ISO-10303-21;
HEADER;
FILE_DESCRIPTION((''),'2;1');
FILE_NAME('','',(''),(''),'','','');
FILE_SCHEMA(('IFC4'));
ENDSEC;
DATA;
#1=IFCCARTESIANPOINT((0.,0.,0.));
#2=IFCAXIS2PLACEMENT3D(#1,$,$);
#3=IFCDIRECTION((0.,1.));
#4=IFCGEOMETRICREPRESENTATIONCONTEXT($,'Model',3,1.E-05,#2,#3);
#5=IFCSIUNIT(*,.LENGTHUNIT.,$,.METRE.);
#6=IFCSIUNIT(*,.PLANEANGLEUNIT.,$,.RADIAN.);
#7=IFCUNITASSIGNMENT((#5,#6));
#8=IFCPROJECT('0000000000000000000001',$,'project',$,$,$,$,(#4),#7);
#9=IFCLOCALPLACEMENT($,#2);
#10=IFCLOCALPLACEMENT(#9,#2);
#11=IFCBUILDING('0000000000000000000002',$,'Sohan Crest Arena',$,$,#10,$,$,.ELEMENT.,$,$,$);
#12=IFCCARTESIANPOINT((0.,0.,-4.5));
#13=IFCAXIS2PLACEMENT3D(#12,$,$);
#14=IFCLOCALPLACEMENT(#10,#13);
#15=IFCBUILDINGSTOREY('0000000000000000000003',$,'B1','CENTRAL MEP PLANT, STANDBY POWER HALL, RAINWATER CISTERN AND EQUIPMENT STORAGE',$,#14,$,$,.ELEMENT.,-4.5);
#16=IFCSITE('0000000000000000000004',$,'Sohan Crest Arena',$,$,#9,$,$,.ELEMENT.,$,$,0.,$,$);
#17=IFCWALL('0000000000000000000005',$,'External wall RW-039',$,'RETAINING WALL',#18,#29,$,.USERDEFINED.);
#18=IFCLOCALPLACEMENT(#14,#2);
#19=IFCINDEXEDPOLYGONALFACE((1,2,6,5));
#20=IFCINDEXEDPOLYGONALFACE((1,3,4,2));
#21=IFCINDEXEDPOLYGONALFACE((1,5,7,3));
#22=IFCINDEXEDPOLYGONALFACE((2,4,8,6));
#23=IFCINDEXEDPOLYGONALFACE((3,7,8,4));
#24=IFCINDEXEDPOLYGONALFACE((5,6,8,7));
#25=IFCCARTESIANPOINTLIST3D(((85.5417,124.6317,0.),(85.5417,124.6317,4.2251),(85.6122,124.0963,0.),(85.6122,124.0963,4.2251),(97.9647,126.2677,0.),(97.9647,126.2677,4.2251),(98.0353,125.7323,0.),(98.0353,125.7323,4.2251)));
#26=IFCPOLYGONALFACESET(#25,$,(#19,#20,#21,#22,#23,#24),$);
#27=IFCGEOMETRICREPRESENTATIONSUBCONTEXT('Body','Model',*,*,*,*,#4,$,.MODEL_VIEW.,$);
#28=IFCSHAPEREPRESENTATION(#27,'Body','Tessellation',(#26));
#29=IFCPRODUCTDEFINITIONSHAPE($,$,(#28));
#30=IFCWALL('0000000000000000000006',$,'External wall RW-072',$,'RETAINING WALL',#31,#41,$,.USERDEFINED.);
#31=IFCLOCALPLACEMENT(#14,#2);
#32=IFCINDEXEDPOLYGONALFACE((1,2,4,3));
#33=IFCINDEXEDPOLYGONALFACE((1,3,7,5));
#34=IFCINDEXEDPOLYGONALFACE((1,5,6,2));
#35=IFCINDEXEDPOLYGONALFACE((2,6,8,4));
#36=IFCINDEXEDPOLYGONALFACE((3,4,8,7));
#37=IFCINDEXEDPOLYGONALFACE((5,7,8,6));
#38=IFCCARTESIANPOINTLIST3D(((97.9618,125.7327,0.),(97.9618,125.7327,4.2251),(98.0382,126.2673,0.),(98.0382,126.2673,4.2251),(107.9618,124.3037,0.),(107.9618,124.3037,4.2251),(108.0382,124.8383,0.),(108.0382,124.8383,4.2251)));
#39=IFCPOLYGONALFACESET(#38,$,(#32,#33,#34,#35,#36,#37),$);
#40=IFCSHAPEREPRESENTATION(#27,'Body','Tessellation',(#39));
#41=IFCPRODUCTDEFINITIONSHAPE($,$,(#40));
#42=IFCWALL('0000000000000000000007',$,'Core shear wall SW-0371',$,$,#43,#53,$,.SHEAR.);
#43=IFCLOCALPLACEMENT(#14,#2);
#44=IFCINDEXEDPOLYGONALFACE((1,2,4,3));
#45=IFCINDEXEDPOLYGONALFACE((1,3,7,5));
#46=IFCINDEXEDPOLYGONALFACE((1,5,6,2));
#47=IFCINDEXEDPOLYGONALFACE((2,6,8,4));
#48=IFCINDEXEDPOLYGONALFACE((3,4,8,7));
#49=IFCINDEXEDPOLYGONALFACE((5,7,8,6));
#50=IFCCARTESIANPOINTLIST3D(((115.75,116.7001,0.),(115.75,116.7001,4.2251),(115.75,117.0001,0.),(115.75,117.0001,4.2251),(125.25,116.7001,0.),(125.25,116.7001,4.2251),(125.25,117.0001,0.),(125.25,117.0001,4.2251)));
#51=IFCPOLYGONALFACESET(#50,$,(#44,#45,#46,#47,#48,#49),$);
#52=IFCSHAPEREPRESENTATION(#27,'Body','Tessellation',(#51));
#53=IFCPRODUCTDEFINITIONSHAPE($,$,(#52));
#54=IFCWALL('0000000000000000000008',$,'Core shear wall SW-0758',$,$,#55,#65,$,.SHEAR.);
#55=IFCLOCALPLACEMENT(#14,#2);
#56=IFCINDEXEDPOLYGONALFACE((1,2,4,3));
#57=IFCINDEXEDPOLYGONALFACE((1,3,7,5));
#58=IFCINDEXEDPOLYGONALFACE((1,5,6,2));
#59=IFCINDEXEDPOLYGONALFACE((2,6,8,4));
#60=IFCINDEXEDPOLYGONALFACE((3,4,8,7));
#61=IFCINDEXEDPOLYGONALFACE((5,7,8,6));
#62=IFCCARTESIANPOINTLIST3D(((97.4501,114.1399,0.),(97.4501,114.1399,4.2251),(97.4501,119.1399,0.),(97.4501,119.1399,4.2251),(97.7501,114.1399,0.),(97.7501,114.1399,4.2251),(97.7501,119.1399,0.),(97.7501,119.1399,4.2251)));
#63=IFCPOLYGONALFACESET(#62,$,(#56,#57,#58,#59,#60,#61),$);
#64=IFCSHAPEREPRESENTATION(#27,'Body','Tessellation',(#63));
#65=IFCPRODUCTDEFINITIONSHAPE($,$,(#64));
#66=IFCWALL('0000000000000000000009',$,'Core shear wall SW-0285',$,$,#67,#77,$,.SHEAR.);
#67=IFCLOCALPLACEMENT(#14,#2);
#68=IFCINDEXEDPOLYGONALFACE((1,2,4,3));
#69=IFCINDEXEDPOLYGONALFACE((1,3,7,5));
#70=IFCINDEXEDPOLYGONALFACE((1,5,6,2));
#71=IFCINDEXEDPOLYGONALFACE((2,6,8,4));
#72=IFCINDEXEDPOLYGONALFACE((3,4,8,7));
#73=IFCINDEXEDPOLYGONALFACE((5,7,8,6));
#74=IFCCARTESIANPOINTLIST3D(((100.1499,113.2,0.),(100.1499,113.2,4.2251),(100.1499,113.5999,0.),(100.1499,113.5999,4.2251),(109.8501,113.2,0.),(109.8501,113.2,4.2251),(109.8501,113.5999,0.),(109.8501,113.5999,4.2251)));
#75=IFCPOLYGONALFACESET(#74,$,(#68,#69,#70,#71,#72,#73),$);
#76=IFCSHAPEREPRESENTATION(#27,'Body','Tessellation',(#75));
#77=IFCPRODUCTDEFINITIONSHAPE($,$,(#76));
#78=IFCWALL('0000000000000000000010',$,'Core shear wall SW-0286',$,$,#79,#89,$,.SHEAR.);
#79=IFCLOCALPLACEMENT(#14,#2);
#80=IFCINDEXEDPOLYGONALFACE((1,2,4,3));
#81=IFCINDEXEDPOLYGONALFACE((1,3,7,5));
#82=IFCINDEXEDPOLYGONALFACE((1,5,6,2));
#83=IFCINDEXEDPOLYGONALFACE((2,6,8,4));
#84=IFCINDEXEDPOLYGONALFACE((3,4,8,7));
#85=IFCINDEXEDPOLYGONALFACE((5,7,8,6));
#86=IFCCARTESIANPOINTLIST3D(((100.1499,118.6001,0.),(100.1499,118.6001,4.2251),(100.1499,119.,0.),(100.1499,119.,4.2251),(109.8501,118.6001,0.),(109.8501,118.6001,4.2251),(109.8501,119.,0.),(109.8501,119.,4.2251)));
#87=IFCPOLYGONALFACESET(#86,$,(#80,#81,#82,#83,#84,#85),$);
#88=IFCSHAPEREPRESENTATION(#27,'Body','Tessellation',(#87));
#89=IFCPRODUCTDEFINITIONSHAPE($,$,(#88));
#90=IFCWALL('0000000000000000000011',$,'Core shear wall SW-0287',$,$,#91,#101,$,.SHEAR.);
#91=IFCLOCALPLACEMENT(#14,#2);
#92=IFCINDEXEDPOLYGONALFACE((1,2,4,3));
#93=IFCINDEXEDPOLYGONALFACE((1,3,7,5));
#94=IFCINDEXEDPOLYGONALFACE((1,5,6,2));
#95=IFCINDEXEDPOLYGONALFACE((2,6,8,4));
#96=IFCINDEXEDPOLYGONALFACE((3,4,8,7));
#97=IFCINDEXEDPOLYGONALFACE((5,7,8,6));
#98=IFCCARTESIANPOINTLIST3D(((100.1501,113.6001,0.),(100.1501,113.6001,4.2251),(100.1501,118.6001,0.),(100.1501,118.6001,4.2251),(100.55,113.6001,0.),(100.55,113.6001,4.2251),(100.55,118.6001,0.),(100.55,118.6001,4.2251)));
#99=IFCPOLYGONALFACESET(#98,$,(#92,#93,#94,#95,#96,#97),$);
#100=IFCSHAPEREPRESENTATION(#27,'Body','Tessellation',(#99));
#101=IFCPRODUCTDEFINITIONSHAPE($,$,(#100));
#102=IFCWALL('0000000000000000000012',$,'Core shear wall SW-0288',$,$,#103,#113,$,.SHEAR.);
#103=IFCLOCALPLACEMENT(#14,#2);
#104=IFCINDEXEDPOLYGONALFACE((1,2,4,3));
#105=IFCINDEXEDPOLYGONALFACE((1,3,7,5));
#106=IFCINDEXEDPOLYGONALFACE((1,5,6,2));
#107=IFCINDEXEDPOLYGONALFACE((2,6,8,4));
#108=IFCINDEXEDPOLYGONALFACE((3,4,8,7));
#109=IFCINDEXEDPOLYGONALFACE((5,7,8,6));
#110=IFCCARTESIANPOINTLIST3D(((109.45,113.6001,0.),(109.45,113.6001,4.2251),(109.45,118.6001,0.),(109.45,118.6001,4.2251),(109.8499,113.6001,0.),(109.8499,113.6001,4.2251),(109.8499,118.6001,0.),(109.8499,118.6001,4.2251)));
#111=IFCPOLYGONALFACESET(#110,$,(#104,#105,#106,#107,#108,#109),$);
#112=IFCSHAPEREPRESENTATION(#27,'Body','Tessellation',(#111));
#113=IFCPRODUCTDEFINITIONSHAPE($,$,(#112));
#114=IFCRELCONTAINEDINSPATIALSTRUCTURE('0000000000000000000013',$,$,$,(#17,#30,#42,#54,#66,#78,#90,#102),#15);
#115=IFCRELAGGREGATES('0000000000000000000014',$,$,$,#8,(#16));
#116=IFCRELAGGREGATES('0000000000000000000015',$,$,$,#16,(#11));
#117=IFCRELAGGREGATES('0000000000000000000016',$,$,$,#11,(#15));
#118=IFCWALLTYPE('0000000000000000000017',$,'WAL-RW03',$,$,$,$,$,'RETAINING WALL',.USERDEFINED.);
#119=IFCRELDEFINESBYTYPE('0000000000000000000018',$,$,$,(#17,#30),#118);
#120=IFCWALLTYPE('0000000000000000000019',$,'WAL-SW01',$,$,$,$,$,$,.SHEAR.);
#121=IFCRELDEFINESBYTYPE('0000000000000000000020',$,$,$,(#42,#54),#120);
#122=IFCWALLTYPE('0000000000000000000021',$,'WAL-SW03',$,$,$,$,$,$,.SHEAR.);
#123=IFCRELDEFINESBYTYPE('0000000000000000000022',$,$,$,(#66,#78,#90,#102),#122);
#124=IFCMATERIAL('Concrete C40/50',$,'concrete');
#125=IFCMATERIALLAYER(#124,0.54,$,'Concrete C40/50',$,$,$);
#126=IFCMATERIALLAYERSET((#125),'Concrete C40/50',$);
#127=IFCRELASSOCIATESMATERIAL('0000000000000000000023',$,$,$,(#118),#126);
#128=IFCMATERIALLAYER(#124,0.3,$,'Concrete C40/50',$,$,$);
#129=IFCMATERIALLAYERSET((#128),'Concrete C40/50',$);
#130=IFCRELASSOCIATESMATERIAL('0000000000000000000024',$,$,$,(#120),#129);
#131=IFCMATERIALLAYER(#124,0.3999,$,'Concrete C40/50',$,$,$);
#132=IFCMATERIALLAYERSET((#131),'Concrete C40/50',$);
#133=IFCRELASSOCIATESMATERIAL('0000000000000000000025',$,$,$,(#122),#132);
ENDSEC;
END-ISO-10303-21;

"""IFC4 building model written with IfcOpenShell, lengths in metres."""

from ifc_helpers import new_model, si_unit, direction, frame, frame_2d, origin, place, context, subcontext, project, spatial, rectangle, extrude, material, layer, layer_set, type_object, element, save


model = new_model("IFC4")

# Units and contexts
model_context = context("Model", 3, precision=1e-05, world=origin(), true_north=direction((0.0, 1.0)))
body_context = subcontext(model_context, "Body", "Model", "MODEL_VIEW")
ifc_project = project(units=[si_unit("LENGTHUNIT", "METRE"), si_unit("PLANEANGLEUNIT", "RADIAN")], contexts=[model_context])

# Site, building, storey
site_placement = place(None, origin())
site = spatial("IfcSite", under=ifc_project, at=site_placement, Name="Sohan Crest Arena", CompositionType="ELEMENT", RefElevation=0.0)
building_placement = place(site_placement, origin())
building = spatial("IfcBuilding", under=site, at=building_placement, Name="Sohan Crest Arena", CompositionType="ELEMENT")
storey_placement = place(building_placement, frame((0.0, 0.0, -4.5)))
storey = spatial("IfcBuildingStorey", under=building, at=storey_placement, Name="B1", Description="CENTRAL MEP PLANT, STANDBY POWER HALL, RAINWATER CISTERN AND EQUIPMENT STORAGE", CompositionType="ELEMENT", Elevation=-4.5)

# Shared definitions
ifc_material_1 = material(Name="Concrete C40/50", Category="concrete")

# Walls
ifc_layer_1 = layer(ifc_material_1, 0.54, Name="Concrete C40/50")
ifc_layer_set_1 = layer_set([ifc_layer_1], Name="Concrete C40/50")
wall_type_1 = type_object("IfcWallType", Name="WAL-RW03", ElementType="RETAINING WALL", PredefinedType="USERDEFINED", material=ifc_layer_set_1)
wall_1_placement = place(storey_placement, frame((98.0, 126.0, 0.0), z_axis=(0.0, 0.0, 1.0), x_axis=(-0.99144, -0.130562, 0.0)))
element("IfcWall", 1, at=wall_1_placement, inside=storey, type_object=wall_type_1, Name="External wall RW-039", ObjectType="RETAINING WALL", PredefinedType="USERDEFINED", context=body_context, shape_type="SweptSolid", body=[
    extrude(rectangle(XDim=12.5303, YDim=0.54, at=frame_2d((6.2651, 0.0))), origin(), (0.0, 0.0, 1.0), 4.2251),
])
wall_2_placement = place(storey_placement, frame((108.0, 124.571, 0.0), z_axis=(0.0, 0.0, 1.0), x_axis=(-0.989944, 0.141459, 0.0)))
element("IfcWall", 2, at=wall_2_placement, inside=storey, type_object=wall_type_1, Name="External wall RW-072", ObjectType="RETAINING WALL", PredefinedType="USERDEFINED", context=body_context, shape_type="SweptSolid", body=[
    extrude(rectangle(XDim=10.1016, YDim=0.54, at=frame_2d((5.0508, 0.0))), origin(), (0.0, 0.0, 1.0), 4.2251),
])
ifc_layer_2 = layer(ifc_material_1, 0.3, Name="Concrete C40/50")
ifc_layer_set_2 = layer_set([ifc_layer_2], Name="Concrete C40/50")
wall_type_2 = type_object("IfcWallType", Name="WAL-SW01", PredefinedType="SHEAR", material=ifc_layer_set_2)
wall_3_placement = place(storey_placement, frame((115.75, 116.8501, 0.0), z_axis=(0.0, 0.0, 1.0), x_axis=(1.0, 0.0, 0.0)))
element("IfcWall", 3, at=wall_3_placement, inside=storey, type_object=wall_type_2, Name="Core shear wall SW-0371", PredefinedType="SHEAR", context=body_context, shape_type="SweptSolid", body=[
    extrude(rectangle(XDim=9.5, YDim=0.3, at=frame_2d((4.75, 0.0))), origin(), (0.0, 0.0, 1.0), 4.2251),
])
wall_4_placement = place(storey_placement, frame((97.6001, 114.1399, 0.0), z_axis=(0.0, 0.0, 1.0), x_axis=(0.0, 1.0, 0.0)))
element("IfcWall", 4, at=wall_4_placement, inside=storey, type_object=wall_type_2, Name="Core shear wall SW-0758", PredefinedType="SHEAR", context=body_context, shape_type="SweptSolid", body=[
    extrude(rectangle(XDim=5.0, YDim=0.3, at=frame_2d((2.5, 0.0))), origin(), (0.0, 0.0, 1.0), 4.2251),
])
ifc_layer_3 = layer(ifc_material_1, 0.3999, Name="Concrete C40/50")
ifc_layer_set_3 = layer_set([ifc_layer_3], Name="Concrete C40/50")
wall_type_3 = type_object("IfcWallType", Name="WAL-SW03", PredefinedType="SHEAR", material=ifc_layer_set_3)
for number, where, z_axis, x_axis, name in (
    (5, (100.1499, 113.3999, 0.0), (0.0, 0.0, 1.0), (1.0, 0.0, 0.0), "Core shear wall SW-0285"),
    (6, (100.1499, 118.8, 0.0), (0.0, 0.0, 1.0), (1.0, 0.0, 0.0), "Core shear wall SW-0286"),
):
    element("IfcWall", number, at=place(storey_placement, frame(where, z_axis=z_axis, x_axis=x_axis)), inside=storey, type_object=wall_type_3, Name=name, PredefinedType="SHEAR", context=body_context, shape_type="SweptSolid", body=[
        extrude(rectangle(XDim=9.7002, YDim=0.3999, at=frame_2d((4.8501, 0.0))), origin(), (0.0, 0.0, 1.0), 4.2251),
    ])
for number, where, z_axis, x_axis, name in (
    (7, (100.3501, 113.6001, 0.0), (0.0, 0.0, 1.0), (0.0, 1.0, 0.0), "Core shear wall SW-0287"),
    (8, (109.6499, 113.6001, 0.0), (0.0, 0.0, 1.0), (0.0, 1.0, 0.0), "Core shear wall SW-0288"),
):
    element("IfcWall", number, at=place(storey_placement, frame(where, z_axis=z_axis, x_axis=x_axis)), inside=storey, type_object=wall_type_3, Name=name, PredefinedType="SHEAR", context=body_context, shape_type="SweptSolid", body=[
        extrude(rectangle(XDim=5.0, YDim=0.3999, at=frame_2d((2.5, 0.0))), origin(), (0.0, 0.0, 1.0), 4.2251),
    ])

save(model, "model.ifc")
